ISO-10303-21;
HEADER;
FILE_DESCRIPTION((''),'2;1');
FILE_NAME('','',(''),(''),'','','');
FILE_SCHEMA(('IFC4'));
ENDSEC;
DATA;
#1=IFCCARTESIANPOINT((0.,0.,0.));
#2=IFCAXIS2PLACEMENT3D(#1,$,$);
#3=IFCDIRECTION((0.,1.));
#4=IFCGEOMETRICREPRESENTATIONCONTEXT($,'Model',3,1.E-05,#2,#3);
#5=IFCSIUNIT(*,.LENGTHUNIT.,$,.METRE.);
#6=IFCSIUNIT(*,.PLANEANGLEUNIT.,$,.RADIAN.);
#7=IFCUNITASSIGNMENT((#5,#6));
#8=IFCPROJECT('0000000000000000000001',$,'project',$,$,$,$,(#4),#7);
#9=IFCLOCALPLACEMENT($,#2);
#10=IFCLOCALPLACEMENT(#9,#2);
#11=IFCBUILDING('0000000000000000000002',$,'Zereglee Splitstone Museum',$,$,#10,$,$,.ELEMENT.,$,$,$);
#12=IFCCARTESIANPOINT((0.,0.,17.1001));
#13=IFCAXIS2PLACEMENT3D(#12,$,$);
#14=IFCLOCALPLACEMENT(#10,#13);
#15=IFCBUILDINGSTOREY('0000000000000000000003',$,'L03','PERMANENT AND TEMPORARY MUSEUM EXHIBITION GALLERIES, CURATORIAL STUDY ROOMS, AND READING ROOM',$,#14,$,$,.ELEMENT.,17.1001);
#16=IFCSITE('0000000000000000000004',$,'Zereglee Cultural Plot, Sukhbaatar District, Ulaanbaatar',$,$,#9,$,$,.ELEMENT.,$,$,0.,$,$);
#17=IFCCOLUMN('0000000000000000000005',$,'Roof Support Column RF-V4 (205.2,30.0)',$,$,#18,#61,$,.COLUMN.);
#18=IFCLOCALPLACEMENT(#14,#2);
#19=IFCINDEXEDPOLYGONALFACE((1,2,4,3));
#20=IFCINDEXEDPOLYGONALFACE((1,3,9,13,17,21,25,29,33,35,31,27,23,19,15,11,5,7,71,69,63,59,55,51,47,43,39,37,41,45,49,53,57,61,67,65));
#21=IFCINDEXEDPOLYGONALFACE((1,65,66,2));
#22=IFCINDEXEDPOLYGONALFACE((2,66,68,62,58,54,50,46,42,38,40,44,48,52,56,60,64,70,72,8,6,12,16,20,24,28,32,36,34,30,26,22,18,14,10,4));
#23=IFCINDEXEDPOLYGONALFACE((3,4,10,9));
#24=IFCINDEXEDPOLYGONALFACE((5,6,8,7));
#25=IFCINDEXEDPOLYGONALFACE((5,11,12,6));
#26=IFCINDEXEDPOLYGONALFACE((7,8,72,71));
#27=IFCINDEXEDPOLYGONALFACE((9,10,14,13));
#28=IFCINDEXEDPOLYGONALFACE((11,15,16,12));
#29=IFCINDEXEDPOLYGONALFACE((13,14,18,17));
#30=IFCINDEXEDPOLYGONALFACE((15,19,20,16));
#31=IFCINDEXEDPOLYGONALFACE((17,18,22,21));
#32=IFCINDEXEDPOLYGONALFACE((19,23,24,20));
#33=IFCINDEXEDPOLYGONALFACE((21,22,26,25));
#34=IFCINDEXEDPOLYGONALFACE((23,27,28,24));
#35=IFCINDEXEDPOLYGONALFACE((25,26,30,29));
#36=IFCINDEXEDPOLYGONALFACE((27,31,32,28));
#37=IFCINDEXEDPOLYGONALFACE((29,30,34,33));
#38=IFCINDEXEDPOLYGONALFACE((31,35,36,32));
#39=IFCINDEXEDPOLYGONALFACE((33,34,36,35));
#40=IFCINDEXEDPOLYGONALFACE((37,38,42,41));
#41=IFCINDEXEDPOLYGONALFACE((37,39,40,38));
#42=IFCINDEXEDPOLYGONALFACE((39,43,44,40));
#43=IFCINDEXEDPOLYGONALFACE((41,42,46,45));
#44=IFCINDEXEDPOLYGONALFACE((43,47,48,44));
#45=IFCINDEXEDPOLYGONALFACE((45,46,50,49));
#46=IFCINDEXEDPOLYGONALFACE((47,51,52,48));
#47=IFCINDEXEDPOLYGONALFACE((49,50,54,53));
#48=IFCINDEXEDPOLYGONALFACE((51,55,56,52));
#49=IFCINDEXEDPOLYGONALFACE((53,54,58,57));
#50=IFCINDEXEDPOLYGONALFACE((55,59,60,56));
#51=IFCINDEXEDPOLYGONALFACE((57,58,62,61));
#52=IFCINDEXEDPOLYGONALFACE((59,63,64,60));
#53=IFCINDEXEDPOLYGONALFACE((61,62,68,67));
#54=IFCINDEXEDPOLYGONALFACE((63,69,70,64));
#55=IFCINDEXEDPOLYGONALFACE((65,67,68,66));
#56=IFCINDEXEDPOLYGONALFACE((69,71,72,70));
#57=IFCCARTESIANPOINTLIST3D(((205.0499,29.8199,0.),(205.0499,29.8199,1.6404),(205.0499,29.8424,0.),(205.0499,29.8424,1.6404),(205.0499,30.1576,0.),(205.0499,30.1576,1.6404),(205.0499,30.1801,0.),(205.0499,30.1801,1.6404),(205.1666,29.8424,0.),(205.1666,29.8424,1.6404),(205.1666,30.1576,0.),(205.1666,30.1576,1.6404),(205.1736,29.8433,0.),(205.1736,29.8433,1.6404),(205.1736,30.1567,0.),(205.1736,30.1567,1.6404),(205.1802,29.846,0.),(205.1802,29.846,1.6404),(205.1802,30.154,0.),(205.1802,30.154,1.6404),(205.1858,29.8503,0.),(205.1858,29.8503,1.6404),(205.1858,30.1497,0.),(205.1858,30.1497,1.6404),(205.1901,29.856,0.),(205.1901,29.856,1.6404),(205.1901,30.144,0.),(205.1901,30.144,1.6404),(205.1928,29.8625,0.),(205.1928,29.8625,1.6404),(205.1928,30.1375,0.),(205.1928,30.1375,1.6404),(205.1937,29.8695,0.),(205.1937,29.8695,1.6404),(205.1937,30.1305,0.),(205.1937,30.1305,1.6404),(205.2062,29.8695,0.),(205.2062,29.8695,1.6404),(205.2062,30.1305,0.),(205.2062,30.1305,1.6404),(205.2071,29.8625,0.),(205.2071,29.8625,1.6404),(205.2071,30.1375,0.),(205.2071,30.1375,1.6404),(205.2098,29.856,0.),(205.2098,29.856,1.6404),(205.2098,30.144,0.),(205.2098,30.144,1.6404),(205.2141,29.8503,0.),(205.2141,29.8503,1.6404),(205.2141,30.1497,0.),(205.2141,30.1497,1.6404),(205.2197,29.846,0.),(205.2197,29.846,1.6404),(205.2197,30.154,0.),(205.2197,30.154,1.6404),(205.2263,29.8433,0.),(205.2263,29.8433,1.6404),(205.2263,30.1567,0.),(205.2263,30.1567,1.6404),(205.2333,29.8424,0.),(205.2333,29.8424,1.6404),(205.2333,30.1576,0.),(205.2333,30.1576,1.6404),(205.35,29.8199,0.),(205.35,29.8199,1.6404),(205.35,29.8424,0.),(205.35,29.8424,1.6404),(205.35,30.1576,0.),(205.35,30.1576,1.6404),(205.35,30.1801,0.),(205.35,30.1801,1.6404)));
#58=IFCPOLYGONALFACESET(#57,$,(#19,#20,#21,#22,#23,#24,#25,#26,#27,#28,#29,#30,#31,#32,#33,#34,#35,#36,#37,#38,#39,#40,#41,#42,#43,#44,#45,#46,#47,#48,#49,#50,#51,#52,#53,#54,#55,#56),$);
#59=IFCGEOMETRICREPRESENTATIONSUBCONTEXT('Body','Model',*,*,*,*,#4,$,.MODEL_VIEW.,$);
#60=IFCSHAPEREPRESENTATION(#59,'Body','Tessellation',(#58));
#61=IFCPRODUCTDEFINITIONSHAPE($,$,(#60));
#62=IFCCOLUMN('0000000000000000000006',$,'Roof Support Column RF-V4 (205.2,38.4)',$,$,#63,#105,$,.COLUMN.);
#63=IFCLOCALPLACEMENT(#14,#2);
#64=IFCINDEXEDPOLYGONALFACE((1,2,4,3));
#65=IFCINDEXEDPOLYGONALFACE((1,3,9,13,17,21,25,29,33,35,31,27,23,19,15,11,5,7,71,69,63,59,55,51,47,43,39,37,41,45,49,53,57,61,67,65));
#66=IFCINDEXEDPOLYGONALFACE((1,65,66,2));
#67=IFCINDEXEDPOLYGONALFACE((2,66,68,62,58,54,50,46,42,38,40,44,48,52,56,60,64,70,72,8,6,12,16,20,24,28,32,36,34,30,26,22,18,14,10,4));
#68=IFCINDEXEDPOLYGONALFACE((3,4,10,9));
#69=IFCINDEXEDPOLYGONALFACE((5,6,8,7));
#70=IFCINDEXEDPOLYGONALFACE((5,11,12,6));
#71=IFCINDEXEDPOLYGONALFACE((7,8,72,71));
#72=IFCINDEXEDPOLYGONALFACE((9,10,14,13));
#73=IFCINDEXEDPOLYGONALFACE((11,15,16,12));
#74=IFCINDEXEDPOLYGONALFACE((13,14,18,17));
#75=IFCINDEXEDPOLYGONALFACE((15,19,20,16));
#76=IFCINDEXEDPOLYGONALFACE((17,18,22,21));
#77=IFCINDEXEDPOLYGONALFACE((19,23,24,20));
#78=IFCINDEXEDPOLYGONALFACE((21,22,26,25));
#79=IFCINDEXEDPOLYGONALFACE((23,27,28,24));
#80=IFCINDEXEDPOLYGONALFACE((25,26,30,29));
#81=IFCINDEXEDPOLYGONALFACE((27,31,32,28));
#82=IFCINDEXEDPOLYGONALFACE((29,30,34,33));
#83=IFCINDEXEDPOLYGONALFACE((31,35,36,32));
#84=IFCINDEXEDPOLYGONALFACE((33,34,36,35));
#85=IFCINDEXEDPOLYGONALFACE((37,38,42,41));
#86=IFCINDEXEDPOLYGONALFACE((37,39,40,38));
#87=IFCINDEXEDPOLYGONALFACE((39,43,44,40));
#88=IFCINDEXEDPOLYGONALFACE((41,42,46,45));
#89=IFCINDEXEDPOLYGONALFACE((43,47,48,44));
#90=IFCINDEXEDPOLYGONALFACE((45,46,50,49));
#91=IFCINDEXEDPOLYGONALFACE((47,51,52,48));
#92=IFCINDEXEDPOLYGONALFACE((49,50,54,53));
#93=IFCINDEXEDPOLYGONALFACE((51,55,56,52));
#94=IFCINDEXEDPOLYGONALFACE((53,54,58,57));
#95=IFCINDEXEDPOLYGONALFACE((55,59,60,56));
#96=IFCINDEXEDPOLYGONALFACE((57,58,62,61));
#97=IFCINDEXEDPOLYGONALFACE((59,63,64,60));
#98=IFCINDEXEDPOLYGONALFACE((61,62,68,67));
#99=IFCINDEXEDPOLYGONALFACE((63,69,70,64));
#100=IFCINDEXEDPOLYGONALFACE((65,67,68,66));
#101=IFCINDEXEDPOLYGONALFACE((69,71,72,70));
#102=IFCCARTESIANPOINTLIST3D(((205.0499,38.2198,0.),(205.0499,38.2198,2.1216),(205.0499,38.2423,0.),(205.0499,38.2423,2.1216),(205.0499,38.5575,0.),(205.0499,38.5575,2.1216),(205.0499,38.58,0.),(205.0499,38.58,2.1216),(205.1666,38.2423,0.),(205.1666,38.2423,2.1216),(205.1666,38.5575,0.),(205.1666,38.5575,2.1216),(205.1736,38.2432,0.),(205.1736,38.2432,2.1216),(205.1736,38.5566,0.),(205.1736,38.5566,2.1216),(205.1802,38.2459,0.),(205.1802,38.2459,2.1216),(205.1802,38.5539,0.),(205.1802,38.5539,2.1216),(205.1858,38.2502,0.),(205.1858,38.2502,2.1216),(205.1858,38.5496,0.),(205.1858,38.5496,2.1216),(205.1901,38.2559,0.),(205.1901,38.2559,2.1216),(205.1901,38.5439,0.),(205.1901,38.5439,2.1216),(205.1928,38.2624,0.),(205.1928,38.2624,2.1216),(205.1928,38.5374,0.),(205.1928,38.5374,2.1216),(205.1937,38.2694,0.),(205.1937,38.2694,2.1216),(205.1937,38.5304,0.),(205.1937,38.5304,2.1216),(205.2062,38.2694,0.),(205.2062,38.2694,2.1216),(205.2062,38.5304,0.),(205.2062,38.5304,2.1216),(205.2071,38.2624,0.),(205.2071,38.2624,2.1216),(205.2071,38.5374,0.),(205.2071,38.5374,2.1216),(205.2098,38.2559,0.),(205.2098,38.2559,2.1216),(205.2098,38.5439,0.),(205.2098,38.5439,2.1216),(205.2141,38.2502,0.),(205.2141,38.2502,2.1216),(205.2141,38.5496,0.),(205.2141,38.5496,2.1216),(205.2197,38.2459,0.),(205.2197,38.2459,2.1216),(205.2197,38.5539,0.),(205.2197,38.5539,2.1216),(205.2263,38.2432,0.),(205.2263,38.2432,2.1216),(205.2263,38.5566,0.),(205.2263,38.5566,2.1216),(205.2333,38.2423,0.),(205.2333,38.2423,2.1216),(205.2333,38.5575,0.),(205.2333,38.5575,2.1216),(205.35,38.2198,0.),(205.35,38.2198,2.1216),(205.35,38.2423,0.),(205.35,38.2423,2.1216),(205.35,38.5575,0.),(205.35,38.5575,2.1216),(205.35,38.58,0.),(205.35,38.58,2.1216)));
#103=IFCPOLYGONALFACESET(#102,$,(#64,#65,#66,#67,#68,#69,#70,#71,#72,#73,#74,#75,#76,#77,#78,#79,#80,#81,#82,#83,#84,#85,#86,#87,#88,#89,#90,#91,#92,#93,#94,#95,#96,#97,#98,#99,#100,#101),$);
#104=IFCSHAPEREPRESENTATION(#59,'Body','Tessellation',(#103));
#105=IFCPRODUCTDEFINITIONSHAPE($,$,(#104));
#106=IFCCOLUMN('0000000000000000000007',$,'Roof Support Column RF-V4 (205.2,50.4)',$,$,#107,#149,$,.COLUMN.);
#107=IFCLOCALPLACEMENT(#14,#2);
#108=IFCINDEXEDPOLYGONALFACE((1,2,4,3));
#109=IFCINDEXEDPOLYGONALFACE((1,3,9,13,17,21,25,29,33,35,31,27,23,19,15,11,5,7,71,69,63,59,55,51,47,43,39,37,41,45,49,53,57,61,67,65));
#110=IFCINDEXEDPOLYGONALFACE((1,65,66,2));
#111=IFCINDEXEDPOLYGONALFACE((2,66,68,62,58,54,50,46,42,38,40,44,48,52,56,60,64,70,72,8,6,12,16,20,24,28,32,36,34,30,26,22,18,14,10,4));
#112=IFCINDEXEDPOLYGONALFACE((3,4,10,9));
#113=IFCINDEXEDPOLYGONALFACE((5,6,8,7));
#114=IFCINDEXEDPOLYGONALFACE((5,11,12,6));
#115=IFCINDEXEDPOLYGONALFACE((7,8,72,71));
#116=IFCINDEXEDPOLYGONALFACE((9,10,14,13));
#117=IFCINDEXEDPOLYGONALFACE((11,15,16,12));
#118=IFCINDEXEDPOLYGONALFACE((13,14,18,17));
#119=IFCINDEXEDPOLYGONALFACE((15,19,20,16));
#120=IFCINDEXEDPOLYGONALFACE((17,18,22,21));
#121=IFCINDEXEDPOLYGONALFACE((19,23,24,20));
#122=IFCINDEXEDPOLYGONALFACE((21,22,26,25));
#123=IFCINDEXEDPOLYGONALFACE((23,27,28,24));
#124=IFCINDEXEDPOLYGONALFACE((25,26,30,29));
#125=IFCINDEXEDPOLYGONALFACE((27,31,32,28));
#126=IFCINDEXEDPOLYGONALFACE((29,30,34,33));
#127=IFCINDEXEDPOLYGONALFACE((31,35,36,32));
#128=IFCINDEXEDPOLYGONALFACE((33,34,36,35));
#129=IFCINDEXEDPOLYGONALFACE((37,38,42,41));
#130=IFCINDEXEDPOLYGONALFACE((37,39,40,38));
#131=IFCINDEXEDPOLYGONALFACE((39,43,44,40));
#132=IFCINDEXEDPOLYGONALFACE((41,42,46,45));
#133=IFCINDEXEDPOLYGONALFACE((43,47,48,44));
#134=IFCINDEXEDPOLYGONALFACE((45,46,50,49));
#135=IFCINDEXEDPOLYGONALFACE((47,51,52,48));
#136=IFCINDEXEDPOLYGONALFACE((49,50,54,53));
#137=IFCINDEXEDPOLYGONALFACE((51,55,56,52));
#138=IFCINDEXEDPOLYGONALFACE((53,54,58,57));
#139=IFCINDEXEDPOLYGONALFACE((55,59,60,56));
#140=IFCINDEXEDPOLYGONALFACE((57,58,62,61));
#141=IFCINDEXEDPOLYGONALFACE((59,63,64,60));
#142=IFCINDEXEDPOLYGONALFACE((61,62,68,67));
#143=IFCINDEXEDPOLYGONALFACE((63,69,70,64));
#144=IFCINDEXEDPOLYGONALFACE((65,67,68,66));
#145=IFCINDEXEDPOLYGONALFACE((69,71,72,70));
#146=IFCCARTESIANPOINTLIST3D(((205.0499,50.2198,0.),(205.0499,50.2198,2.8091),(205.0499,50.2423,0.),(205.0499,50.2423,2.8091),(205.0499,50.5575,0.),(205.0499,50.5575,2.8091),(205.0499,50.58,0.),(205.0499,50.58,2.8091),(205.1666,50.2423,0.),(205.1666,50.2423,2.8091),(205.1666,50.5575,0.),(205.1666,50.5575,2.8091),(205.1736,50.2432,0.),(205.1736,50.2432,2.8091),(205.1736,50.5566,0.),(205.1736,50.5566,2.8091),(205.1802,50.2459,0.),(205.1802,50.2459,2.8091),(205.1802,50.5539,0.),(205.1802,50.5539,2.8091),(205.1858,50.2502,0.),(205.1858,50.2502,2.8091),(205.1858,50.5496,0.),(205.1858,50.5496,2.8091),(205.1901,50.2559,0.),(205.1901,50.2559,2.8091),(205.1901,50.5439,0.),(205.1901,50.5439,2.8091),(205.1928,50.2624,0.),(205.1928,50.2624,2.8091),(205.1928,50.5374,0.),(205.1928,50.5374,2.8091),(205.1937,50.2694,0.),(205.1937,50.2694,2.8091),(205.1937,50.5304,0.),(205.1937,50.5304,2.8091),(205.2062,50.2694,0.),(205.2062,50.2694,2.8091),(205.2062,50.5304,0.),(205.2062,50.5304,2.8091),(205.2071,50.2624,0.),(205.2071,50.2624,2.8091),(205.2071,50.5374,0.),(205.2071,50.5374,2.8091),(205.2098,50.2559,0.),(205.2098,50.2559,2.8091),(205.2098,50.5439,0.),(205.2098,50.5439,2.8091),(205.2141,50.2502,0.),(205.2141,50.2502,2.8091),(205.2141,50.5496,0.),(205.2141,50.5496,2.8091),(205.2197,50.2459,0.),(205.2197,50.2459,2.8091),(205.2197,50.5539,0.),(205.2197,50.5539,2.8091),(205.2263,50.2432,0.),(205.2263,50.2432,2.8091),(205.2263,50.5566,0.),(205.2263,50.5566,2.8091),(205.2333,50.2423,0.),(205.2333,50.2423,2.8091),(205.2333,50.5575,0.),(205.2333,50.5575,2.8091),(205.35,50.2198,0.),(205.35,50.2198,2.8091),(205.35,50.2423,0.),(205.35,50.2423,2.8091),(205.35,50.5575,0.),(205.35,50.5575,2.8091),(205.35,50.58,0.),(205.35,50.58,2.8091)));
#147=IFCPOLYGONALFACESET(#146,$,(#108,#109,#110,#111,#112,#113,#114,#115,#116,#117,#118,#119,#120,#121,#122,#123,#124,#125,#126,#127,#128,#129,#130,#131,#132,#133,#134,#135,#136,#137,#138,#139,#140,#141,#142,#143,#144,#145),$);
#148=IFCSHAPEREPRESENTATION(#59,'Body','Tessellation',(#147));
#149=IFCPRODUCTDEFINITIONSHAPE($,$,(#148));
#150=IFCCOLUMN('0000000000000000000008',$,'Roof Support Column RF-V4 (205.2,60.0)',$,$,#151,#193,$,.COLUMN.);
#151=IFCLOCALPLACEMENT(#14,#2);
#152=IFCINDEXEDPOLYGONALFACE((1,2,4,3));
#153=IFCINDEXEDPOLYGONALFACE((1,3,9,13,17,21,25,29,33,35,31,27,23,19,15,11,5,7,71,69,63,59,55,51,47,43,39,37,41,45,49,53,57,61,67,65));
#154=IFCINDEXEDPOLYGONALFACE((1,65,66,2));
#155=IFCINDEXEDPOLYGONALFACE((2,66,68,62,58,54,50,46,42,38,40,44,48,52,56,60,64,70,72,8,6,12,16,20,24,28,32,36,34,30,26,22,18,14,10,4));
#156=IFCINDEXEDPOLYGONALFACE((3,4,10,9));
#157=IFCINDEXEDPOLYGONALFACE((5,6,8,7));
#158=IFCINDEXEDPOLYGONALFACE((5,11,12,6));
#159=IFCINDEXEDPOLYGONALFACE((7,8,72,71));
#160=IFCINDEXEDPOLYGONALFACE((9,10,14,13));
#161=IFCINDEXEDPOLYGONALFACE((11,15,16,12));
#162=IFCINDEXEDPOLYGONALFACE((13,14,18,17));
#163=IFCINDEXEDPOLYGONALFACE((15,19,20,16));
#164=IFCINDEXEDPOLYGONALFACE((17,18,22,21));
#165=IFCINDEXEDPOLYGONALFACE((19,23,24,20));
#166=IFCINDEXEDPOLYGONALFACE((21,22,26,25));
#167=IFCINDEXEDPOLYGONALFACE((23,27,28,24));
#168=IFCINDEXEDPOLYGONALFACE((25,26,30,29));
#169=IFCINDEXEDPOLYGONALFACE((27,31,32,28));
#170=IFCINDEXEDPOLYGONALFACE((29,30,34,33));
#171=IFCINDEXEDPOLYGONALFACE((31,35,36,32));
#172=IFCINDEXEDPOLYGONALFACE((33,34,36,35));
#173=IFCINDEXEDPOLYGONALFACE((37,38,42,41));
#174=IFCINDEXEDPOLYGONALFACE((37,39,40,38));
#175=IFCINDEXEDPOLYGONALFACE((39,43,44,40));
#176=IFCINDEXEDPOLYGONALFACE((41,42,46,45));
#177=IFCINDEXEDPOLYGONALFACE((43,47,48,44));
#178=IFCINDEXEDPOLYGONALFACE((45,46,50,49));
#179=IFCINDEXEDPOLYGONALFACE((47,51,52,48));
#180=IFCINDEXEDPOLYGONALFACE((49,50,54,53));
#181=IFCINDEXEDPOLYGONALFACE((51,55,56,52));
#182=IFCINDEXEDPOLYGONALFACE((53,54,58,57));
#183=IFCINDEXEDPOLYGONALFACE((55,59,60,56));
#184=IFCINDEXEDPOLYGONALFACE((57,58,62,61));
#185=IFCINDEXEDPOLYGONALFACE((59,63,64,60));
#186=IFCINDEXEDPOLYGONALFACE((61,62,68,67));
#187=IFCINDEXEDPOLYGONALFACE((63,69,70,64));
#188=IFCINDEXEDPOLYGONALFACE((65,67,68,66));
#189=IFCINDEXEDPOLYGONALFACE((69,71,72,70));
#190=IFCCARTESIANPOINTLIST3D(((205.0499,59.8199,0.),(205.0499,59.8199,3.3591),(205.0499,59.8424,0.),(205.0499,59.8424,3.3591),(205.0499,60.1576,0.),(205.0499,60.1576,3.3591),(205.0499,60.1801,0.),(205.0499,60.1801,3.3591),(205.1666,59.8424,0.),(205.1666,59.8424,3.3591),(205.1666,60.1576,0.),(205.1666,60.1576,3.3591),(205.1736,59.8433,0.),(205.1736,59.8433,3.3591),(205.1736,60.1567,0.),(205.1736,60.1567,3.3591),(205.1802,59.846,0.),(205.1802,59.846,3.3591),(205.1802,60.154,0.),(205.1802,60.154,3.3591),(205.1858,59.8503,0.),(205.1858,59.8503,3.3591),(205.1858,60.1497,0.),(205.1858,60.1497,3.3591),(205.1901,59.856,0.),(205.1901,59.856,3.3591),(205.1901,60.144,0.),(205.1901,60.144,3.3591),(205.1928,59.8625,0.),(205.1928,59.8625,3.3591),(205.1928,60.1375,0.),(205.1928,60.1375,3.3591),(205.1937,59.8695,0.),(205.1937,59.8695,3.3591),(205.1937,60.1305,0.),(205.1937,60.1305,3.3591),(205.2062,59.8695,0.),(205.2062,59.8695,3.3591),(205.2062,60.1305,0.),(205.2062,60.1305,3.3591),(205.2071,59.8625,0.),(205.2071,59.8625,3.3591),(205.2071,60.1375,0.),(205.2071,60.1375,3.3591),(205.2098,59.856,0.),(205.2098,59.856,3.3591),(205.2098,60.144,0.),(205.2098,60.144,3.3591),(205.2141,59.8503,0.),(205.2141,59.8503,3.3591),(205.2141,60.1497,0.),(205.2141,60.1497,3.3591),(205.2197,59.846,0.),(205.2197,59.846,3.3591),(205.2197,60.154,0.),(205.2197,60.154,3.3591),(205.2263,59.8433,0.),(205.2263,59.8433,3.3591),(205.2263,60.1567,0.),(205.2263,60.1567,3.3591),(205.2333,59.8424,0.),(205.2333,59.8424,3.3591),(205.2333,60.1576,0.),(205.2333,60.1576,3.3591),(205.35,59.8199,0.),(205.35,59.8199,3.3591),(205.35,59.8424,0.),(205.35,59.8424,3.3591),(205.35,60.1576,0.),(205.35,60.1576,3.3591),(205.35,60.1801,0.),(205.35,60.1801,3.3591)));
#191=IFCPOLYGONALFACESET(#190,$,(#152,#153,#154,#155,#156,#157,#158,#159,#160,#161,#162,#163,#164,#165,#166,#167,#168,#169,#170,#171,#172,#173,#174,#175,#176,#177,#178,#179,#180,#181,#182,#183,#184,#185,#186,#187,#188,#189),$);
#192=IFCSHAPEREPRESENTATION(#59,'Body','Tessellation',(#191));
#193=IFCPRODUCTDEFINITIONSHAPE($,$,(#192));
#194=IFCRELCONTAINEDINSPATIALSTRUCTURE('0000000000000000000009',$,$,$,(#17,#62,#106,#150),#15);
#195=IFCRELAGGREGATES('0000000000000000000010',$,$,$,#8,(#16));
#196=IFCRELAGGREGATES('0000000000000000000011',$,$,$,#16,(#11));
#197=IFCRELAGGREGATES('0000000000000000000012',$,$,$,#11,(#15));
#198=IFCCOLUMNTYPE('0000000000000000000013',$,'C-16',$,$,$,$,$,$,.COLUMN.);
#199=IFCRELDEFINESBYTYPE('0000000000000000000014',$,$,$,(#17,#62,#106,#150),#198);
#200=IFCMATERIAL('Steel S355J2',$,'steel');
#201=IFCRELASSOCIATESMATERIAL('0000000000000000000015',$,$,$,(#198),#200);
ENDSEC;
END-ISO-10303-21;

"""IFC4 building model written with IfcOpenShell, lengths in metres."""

from ifc_helpers import new_model, si_unit, direction, frame, origin, origin_2d, place, context, subcontext, project, spatial, i_section, extrude, material, material_profile, profile_set, type_object, element, save


model = new_model("IFC4")

# Units and contexts
model_context = context("Model", 3, precision=1e-05, world=origin(), true_north=direction((0.0, 1.0)))
body_context = subcontext(model_context, "Body", "Model", "MODEL_VIEW")
ifc_project = project(units=[si_unit("LENGTHUNIT", "METRE"), si_unit("PLANEANGLEUNIT", "RADIAN")], contexts=[model_context])

# Site, building, storey
site_placement = place(None, origin())
site = spatial("IfcSite", under=ifc_project, at=site_placement, Name="Zereglee Cultural Plot, Sukhbaatar District, Ulaanbaatar", CompositionType="ELEMENT", RefElevation=0.0)
building_placement = place(site_placement, origin())
building = spatial("IfcBuilding", under=site, at=building_placement, Name="Zereglee Splitstone Museum", CompositionType="ELEMENT")
storey_placement = place(building_placement, frame((0.0, 0.0, 17.1001)))
storey = spatial("IfcBuildingStorey", under=building, at=storey_placement, Name="L03", Description="PERMANENT AND TEMPORARY MUSEUM EXHIBITION GALLERIES, CURATORIAL STUDY ROOMS, AND READING ROOM", CompositionType="ELEMENT", Elevation=17.1001)

# Columns
ifc_material_1 = material(Name="Steel S355J2", Category="steel")
ifc_material_profile_1 = material_profile(ifc_material_1, i_section(OverallWidth=0.3, OverallDepth=0.3601, WebThickness=0.0125, FlangeThickness=0.0225, FilletRadius=0.0271, at=origin_2d()), Name="HE 360 B")
ifc_profile_set_1 = profile_set([ifc_material_profile_1], Name="Steel S355J2")
column_type = type_object("IfcColumnType", Name="C-16", PredefinedType="COLUMN", material=ifc_profile_set_1)
column_1_placement = place(storey_placement, frame((205.2, 30.0, 0.0), z_axis=(0.0, 0.0, 1.0), x_axis=(1.0, 0.0, 0.0)))
element("IfcColumn", 1, at=column_1_placement, inside=storey, type_object=column_type, Name="Roof Support Column RF-V4 (205.2,30.0)", PredefinedType="COLUMN", context=body_context, shape_type="SweptSolid", body=[
    extrude(i_section(OverallWidth=0.3, OverallDepth=0.3601, WebThickness=0.0125, FlangeThickness=0.0225, FilletRadius=0.0271, at=origin_2d()), origin(), (0.0, 0.0, 1.0), 1.6404),
])
column_2_placement = place(storey_placement, frame((205.2, 38.3999, 0.0), z_axis=(0.0, 0.0, 1.0), x_axis=(1.0, 0.0, 0.0)))
element("IfcColumn", 2, at=column_2_placement, inside=storey, type_object=column_type, Name="Roof Support Column RF-V4 (205.2,38.4)", PredefinedType="COLUMN", context=body_context, shape_type="SweptSolid", body=[
    extrude(i_section(OverallWidth=0.3, OverallDepth=0.3601, WebThickness=0.0125, FlangeThickness=0.0225, FilletRadius=0.0271, at=origin_2d()), origin(), (0.0, 0.0, 1.0), 2.1216),
])
column_3_placement = place(storey_placement, frame((205.2, 50.3999, 0.0), z_axis=(0.0, 0.0, 1.0), x_axis=(1.0, 0.0, 0.0)))
element("IfcColumn", 3, at=column_3_placement, inside=storey, type_object=column_type, Name="Roof Support Column RF-V4 (205.2,50.4)", PredefinedType="COLUMN", context=body_context, shape_type="SweptSolid", body=[
    extrude(i_section(OverallWidth=0.3, OverallDepth=0.3601, WebThickness=0.0125, FlangeThickness=0.0225, FilletRadius=0.0271, at=origin_2d()), origin(), (0.0, 0.0, 1.0), 2.8091),
])
column_4_placement = place(storey_placement, frame((205.2, 60.0, 0.0), z_axis=(0.0, 0.0, 1.0), x_axis=(1.0, 0.0, 0.0)))
element("IfcColumn", 4, at=column_4_placement, inside=storey, type_object=column_type, Name="Roof Support Column RF-V4 (205.2,60.0)", PredefinedType="COLUMN", context=body_context, shape_type="SweptSolid", body=[
    extrude(i_section(OverallWidth=0.3, OverallDepth=0.3601, WebThickness=0.0125, FlangeThickness=0.0225, FilletRadius=0.0271, at=origin_2d()), origin(), (0.0, 0.0, 1.0), 3.3591),
])

save(model, "model.ifc")
